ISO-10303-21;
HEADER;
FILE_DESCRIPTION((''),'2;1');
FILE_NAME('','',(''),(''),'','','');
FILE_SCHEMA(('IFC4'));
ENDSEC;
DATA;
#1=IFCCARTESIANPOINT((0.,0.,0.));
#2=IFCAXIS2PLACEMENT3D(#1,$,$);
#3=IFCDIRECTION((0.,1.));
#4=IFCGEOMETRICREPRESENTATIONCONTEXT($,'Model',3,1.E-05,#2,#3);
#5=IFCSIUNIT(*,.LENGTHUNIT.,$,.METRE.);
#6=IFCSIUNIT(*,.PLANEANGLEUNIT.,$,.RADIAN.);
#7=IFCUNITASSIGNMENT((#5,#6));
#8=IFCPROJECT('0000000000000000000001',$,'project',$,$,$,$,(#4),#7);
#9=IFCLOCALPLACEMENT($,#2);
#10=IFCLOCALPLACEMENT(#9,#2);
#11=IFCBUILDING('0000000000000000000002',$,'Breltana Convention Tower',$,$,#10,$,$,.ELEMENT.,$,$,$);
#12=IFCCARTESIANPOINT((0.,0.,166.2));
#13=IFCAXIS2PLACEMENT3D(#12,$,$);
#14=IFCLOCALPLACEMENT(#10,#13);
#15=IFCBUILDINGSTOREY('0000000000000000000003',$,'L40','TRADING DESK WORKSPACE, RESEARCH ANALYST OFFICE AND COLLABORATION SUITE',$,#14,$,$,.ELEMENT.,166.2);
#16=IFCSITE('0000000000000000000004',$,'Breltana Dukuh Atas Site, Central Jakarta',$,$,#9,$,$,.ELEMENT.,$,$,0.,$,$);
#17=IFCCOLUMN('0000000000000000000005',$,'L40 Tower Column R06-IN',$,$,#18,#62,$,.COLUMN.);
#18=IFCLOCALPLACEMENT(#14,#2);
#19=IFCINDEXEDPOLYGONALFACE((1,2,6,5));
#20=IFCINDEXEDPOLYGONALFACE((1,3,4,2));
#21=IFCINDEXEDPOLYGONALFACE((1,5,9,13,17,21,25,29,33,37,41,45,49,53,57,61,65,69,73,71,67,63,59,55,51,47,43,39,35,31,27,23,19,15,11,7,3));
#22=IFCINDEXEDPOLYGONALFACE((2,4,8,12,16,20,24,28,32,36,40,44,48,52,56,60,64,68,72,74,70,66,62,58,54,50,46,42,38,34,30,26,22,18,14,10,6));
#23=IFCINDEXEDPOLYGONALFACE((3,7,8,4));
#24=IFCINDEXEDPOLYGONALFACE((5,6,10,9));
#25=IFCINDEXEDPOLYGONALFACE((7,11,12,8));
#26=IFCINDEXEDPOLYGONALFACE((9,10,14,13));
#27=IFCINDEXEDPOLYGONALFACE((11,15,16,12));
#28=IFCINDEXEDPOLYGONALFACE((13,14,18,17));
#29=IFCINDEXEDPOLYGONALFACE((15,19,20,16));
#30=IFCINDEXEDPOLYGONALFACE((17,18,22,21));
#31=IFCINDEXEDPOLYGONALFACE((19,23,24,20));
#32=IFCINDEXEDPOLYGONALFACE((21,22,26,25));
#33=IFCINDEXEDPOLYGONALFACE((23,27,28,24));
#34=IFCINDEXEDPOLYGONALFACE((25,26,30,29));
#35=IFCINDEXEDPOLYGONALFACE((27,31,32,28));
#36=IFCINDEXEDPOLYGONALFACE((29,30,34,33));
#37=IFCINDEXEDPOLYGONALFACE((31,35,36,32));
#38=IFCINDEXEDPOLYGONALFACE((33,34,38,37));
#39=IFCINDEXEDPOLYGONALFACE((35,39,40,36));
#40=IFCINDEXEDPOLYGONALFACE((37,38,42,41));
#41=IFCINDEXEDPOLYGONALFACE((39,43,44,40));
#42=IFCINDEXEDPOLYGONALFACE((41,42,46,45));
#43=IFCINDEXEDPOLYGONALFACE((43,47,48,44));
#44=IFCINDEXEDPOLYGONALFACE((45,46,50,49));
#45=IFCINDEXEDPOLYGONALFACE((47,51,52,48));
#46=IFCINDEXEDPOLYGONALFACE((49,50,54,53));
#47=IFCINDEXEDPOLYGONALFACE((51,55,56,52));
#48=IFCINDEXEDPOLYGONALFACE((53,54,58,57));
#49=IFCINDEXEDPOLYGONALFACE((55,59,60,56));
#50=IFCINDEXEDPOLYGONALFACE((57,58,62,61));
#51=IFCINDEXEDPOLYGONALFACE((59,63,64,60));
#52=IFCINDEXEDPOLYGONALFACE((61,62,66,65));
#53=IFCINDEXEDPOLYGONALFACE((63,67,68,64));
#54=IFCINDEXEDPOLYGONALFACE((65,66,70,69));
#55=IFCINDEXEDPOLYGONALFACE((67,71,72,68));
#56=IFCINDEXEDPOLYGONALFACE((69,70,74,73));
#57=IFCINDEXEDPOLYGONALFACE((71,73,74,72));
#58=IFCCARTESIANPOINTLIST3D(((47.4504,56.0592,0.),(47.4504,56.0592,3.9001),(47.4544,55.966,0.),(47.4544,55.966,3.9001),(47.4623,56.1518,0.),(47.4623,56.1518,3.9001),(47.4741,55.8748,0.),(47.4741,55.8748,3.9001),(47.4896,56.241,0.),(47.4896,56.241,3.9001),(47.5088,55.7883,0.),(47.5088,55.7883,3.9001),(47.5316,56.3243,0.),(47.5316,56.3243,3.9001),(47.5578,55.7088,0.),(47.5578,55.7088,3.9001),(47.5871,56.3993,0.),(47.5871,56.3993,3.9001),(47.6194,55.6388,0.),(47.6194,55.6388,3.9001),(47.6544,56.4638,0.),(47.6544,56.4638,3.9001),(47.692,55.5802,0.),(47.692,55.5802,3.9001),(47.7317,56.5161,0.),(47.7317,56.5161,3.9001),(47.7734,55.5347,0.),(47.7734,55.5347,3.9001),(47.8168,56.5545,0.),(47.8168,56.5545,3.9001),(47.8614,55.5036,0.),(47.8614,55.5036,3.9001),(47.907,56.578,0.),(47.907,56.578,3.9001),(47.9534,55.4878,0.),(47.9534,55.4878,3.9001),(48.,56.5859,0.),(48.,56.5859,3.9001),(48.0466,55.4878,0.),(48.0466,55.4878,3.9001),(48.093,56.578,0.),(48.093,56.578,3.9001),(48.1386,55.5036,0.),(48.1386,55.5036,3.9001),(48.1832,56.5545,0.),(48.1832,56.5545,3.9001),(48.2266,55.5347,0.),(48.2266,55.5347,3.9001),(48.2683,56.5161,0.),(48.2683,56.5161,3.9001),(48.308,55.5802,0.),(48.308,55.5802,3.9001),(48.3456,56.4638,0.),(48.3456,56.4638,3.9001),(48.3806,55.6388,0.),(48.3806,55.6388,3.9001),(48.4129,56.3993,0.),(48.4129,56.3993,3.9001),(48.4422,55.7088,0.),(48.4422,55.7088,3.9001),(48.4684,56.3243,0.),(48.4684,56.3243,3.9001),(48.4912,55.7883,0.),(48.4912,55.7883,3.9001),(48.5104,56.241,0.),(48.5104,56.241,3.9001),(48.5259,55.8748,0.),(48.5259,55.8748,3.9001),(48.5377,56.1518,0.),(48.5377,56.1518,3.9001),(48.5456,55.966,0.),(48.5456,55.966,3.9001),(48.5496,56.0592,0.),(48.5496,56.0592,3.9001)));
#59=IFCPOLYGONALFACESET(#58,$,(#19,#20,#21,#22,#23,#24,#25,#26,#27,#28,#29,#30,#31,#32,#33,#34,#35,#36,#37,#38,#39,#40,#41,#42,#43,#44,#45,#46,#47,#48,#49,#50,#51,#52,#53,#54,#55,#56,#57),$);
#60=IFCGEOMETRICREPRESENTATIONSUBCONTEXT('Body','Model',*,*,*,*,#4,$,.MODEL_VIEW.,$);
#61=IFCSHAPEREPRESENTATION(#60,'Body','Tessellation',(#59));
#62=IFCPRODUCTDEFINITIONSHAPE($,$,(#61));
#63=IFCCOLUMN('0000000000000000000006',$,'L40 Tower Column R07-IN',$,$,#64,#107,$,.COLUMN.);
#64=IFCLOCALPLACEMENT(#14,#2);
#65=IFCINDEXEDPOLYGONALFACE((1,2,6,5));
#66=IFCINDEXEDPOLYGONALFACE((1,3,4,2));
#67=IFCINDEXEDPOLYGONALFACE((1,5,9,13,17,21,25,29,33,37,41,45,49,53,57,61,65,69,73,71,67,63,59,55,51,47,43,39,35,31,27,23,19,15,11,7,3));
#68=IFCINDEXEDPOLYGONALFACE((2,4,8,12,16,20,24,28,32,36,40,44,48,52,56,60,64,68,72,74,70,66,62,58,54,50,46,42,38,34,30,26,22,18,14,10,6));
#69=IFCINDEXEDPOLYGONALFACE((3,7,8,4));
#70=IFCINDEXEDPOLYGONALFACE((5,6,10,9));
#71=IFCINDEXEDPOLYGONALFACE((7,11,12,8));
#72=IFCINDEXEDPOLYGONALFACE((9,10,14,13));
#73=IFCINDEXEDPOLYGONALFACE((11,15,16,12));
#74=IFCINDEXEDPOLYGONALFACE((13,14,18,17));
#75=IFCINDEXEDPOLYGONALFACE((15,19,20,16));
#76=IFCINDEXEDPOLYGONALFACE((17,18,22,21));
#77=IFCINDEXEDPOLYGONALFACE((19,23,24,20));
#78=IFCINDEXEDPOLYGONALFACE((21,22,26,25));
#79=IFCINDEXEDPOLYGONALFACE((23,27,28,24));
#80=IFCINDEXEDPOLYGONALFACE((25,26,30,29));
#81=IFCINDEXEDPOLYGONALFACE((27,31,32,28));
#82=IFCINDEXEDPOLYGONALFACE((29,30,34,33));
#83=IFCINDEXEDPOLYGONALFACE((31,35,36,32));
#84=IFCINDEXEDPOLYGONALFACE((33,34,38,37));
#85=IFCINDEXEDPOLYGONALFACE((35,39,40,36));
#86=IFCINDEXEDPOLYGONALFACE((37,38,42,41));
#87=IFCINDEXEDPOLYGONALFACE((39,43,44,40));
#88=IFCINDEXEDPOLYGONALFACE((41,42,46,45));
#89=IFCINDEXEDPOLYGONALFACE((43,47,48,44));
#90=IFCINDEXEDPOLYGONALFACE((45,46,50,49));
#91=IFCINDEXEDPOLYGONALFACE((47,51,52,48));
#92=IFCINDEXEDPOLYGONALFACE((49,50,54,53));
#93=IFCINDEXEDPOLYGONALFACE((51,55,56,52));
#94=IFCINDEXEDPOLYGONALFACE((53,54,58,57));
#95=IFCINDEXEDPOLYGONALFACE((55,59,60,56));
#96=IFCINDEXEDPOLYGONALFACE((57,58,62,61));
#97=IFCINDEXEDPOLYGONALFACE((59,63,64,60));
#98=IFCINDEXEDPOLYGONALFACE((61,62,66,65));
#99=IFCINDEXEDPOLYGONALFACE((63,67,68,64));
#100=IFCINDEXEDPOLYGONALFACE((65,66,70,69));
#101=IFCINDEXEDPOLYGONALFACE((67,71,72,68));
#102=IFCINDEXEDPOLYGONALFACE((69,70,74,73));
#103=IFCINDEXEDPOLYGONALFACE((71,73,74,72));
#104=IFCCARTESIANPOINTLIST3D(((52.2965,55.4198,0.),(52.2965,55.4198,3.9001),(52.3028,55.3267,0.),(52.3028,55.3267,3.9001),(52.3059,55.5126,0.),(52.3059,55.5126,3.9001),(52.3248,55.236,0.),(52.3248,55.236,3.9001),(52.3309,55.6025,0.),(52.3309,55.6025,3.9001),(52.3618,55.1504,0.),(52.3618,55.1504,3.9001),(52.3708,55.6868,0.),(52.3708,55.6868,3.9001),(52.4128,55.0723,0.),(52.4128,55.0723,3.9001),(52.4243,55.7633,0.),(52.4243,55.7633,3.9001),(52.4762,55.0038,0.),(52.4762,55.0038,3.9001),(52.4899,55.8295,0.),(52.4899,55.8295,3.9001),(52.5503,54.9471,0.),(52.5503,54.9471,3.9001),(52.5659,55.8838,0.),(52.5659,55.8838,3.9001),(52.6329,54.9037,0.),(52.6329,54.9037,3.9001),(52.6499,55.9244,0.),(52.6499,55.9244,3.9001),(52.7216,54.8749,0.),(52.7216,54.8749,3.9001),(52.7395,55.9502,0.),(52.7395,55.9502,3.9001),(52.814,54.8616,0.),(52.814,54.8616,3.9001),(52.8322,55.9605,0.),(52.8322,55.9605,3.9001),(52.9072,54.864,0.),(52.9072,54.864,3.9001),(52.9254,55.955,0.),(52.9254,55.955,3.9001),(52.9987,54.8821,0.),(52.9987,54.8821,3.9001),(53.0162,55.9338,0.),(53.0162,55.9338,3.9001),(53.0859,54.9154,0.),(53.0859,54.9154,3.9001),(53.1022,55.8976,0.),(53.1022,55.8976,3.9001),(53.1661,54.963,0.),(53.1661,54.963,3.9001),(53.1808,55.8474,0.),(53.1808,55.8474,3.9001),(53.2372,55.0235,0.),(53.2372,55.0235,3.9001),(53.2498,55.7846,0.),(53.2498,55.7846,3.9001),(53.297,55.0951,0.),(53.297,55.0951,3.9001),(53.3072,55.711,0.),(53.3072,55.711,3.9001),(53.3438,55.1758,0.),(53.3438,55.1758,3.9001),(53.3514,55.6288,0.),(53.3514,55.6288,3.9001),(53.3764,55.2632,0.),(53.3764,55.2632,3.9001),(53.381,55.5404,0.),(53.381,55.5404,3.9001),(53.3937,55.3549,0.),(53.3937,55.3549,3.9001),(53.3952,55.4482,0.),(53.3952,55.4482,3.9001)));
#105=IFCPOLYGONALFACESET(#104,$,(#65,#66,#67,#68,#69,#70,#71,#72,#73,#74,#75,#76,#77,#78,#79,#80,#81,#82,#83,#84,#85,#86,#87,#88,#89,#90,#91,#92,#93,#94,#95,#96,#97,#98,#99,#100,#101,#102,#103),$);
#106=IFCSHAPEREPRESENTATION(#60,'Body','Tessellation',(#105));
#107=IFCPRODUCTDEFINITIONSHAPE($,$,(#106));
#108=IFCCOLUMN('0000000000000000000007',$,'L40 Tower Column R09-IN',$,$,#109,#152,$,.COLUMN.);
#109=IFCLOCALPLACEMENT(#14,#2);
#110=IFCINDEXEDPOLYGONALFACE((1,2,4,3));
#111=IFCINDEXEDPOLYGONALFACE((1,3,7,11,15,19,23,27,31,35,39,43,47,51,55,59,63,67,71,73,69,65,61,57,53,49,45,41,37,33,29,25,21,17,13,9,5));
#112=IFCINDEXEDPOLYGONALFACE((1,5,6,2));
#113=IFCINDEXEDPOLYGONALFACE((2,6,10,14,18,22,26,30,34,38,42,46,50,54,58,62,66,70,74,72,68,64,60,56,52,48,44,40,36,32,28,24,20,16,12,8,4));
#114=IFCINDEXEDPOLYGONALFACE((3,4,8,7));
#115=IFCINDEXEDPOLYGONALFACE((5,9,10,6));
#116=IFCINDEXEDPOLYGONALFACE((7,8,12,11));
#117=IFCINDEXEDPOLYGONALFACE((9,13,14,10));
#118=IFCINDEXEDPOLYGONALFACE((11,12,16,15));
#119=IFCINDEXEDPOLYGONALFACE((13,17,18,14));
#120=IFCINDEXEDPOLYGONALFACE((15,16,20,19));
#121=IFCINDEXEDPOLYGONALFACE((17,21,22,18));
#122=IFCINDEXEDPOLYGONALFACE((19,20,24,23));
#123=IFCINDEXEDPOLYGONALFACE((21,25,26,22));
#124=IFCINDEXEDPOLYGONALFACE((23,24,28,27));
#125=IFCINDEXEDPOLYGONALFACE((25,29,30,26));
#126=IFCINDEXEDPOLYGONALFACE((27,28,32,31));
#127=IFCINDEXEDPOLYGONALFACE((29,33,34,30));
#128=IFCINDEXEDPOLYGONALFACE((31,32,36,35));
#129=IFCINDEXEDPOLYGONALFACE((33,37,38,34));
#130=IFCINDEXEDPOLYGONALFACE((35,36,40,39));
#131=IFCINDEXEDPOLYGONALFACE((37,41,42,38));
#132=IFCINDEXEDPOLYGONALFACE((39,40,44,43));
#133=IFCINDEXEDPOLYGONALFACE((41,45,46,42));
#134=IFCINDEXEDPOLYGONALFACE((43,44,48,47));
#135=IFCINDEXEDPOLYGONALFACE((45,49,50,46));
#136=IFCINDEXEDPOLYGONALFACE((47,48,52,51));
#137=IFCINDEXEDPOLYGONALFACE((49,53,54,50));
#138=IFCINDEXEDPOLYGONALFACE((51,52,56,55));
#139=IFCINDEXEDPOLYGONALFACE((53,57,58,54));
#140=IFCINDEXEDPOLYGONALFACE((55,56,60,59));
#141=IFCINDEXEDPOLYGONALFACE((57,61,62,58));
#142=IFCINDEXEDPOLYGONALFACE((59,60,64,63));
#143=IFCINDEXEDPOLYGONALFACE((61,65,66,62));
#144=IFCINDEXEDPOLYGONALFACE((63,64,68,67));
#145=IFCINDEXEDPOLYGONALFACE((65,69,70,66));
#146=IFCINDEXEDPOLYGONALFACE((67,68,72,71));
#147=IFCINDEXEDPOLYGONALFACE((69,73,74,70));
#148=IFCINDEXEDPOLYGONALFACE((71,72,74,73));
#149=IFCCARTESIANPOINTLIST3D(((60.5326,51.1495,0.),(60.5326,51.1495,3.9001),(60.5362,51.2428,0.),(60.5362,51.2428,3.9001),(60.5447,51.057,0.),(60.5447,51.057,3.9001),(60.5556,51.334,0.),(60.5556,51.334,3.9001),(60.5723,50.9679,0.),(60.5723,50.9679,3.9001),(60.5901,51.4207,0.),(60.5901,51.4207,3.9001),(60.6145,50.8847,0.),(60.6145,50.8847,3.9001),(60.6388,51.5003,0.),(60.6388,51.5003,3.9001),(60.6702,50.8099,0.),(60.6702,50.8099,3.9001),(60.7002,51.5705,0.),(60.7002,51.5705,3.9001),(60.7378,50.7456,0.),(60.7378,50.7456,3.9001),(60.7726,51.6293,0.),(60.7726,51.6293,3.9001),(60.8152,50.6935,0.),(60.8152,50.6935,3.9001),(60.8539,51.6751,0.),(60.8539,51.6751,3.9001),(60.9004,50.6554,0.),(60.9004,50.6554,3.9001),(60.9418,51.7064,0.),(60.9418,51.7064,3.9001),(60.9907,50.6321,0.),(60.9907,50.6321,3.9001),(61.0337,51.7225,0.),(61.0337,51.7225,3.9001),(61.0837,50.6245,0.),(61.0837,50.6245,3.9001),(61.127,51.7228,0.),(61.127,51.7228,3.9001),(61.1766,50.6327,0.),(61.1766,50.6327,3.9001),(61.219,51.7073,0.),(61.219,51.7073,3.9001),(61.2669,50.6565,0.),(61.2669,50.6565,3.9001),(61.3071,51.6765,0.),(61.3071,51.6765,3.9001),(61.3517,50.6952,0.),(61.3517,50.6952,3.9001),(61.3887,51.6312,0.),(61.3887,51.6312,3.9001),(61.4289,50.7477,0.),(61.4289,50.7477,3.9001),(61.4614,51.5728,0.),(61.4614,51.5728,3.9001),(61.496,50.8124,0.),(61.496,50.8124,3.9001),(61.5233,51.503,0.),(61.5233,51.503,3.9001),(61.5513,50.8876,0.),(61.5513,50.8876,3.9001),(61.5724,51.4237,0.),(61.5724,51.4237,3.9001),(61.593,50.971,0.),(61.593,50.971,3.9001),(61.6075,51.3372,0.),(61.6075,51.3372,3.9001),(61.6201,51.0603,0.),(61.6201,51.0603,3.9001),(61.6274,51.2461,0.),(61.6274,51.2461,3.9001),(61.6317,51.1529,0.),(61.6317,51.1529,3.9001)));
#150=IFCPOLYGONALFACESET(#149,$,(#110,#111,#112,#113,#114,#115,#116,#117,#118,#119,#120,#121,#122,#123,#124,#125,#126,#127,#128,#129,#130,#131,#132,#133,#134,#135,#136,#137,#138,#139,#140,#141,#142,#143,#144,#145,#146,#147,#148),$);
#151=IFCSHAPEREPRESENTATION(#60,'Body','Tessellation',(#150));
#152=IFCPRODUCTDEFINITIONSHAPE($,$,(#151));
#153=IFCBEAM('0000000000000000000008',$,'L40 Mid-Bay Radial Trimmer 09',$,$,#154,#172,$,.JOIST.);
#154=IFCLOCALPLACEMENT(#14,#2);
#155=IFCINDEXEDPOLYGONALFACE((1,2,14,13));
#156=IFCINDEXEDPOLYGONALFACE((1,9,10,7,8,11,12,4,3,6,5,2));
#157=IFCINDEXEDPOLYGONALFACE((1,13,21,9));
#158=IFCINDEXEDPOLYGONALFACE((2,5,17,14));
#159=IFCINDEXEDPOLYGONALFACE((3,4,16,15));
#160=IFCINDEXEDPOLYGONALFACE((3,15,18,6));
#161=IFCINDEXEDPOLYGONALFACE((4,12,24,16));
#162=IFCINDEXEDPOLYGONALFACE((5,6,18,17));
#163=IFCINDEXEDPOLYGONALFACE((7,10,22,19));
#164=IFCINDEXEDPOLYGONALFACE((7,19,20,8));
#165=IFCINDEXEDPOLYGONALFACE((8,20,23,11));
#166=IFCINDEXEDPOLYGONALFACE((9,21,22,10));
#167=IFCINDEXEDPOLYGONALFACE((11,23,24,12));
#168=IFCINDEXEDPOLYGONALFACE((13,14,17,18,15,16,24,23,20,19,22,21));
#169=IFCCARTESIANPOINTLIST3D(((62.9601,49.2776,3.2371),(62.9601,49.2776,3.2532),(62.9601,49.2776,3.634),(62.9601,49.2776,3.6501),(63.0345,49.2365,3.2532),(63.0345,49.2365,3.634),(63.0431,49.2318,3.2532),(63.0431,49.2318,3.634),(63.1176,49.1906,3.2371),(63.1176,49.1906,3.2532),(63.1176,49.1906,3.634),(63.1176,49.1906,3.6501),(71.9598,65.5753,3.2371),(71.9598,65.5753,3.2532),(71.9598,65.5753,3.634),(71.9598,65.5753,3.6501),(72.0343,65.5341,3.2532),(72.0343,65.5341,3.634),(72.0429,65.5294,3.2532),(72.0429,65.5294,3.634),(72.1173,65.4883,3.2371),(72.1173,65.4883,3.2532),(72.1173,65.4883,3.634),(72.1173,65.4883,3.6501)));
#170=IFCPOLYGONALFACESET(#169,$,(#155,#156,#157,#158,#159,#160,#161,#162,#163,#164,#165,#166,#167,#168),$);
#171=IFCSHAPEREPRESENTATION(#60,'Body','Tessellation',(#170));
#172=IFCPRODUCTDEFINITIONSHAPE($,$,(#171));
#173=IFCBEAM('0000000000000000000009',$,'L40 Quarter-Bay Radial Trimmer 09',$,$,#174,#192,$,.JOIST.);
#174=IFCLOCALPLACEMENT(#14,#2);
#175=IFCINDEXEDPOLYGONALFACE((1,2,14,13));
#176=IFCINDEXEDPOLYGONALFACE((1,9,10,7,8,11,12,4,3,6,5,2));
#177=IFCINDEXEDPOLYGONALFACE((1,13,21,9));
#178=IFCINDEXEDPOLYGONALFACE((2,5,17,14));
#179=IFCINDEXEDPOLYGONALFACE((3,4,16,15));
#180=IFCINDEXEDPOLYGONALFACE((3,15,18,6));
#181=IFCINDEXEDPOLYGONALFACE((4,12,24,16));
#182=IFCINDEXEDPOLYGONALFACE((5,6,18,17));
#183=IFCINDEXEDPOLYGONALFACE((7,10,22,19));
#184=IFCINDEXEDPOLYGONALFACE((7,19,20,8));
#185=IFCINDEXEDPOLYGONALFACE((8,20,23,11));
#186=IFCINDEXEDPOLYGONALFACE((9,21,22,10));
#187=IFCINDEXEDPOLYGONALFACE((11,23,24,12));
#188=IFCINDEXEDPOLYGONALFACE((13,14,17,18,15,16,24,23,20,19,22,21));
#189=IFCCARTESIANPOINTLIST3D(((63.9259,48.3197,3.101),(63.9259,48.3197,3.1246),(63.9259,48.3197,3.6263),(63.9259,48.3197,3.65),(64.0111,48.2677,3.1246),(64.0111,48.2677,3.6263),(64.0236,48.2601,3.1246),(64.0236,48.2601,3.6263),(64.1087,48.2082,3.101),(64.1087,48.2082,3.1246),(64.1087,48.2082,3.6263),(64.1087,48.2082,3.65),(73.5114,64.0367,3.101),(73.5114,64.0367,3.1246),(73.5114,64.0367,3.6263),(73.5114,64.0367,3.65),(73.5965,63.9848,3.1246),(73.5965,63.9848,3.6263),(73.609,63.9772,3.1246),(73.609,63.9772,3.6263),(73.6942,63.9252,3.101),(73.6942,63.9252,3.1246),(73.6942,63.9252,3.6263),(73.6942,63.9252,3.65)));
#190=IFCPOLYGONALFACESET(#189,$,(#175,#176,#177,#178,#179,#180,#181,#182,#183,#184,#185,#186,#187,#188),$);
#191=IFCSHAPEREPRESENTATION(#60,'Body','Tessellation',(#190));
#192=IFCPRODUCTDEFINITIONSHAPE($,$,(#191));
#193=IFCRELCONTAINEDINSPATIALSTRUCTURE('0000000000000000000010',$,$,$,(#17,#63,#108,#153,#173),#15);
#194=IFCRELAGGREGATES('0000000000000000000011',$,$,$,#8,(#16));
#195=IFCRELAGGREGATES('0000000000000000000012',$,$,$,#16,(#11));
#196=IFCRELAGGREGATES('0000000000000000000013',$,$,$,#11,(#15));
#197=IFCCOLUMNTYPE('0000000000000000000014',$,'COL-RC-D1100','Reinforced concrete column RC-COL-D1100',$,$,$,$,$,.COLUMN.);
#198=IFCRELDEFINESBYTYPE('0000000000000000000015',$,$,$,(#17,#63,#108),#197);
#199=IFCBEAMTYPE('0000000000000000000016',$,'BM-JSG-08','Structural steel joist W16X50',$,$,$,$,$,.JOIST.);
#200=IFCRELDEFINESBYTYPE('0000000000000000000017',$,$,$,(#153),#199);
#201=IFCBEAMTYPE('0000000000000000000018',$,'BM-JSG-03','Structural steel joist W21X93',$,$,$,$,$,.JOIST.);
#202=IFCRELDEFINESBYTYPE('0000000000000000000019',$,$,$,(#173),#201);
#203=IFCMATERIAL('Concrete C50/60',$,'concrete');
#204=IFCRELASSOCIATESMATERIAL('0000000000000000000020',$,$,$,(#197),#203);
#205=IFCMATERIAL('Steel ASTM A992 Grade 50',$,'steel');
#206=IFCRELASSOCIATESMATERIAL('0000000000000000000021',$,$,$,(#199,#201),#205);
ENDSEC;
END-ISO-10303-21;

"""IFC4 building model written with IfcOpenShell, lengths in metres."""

from ifc_helpers import new_model, si_unit, direction, frame, origin, origin_2d, place, context, subcontext, project, spatial, circle, i_section, extrude, source, transform, mapped, material, material_profile, profile_set, type_object, element, save


model = new_model("IFC4")

# Units and contexts
model_context = context("Model", 3, precision=1e-05, world=origin(), true_north=direction((0.0, 1.0)))
body_context = subcontext(model_context, "Body", "Model", "MODEL_VIEW")
ifc_project = project(units=[si_unit("LENGTHUNIT", "METRE"), si_unit("PLANEANGLEUNIT", "RADIAN")], contexts=[model_context])

# Site, building, storey
site_placement = place(None, origin())
site = spatial("IfcSite", under=ifc_project, at=site_placement, Name="Breltana Dukuh Atas Site, Central Jakarta", CompositionType="ELEMENT", RefElevation=0.0)
building_placement = place(site_placement, origin())
building = spatial("IfcBuilding", under=site, at=building_placement, Name="Breltana Convention Tower", CompositionType="ELEMENT")
storey_placement = place(building_placement, frame((0.0, 0.0, 166.2)))
storey = spatial("IfcBuildingStorey", under=building, at=storey_placement, Name="L40", Description="TRADING DESK WORKSPACE, RESEARCH ANALYST OFFICE AND COLLABORATION SUITE", CompositionType="ELEMENT", Elevation=166.2)

# Columns
ifc_material_1 = material(Name="Concrete C50/60", Category="concrete")
ifc_material_profile_1 = material_profile(ifc_material_1, circle(Radius=0.55, at=origin_2d()), Name="RC-COL-D1100")
ifc_profile_set_1 = profile_set([ifc_material_profile_1], Name="Concrete C50/60")
column_type = type_object("IfcColumnType", Name="COL-RC-D1100", Description="Reinforced concrete column RC-COL-D1100", PredefinedType="COLUMN", material=ifc_profile_set_1)
shared_shape_1 = source(origin(), body_context, "Body", "SweptSolid", [
    extrude(circle(Radius=0.55, at=origin_2d()), origin(), (0.0, 0.0, 1.0), 3.9001),
])
for number, where, z_axis, x_axis, name in (
    (1, (48.0, 56.0359, 0.0), (0.0, 0.0, 1.0), (0.0, 1.0, 0.0), "L40 Tower Column R06-IN"),
    (2, (52.8464, 55.4106, 0.0), (0.0, 0.0, 1.0), (0.143493, 0.989651, 0.0), "L40 Tower Column R07-IN"),
    (3, (61.082, 51.1746, 0.0), (0.0, 0.0, 1.0), (0.409127, 0.912477, 0.0), "L40 Tower Column R09-IN"),
):
    element("IfcColumn", number, at=place(storey_placement, frame(where, z_axis=z_axis, x_axis=x_axis)), inside=storey, type_object=column_type, Name=name, PredefinedType="COLUMN", context=body_context, shape_type="MappedRepresentation", body=[
        mapped(shared_shape_1, transform((0.0, 0.0, 0.0), scale=1.0)),
    ])

# Beams
ifc_material_2 = material(Name="Steel ASTM A992 Grade 50", Category="steel")
ifc_material_profile_2 = material_profile(ifc_material_2, i_section(OverallWidth=0.1799, OverallDepth=0.4131, WebThickness=0.0098, FlangeThickness=0.0161, at=origin_2d()), Name="W16X50")
ifc_profile_set_2 = profile_set([ifc_material_profile_2], Name="Steel ASTM A992 Grade 50")
beam_type_1 = type_object("IfcBeamType", Name="BM-JSG-08", Description="Structural steel joist W16X50", PredefinedType="JOIST", material=ifc_profile_set_2)
shared_shape_2 = source(origin(), body_context, "Body", "SweptSolid", [
    extrude(i_section(OverallWidth=0.1799, OverallDepth=0.4131, WebThickness=0.0098, FlangeThickness=0.0161, at=origin_2d()), origin(), (0.0, 0.0, 1.0), 18.6174),
])
beam_1_placement = place(storey_placement, frame((63.0388, 49.2341, 3.4436), z_axis=(0.483406, 0.875396, 0.0), x_axis=(-0.875396, 0.483406, 0.0)))
element("IfcBeam", 4, at=beam_1_placement, inside=storey, type_object=beam_type_1, Name="L40 Mid-Bay Radial Trimmer 09", PredefinedType="JOIST", context=body_context, shape_type="MappedRepresentation", body=[
    mapped(shared_shape_2, transform((0.0, 0.0, 0.0), scale=1.0)),
])
ifc_material_profile_3 = material_profile(ifc_material_2, i_section(OverallWidth=0.2141, OverallDepth=0.5491, WebThickness=0.0146, FlangeThickness=0.0237, at=origin_2d()), Name="W21X93")
ifc_profile_set_3 = profile_set([ifc_material_profile_3], Name="Steel ASTM A992 Grade 50")
beam_type_2 = type_object("IfcBeamType", Name="BM-JSG-03", Description="Structural steel joist W21X93", PredefinedType="JOIST", material=ifc_profile_set_3)
shared_shape_3 = source(origin(), body_context, "Body", "SweptSolid", [
    extrude(i_section(OverallWidth=0.2141, OverallDepth=0.5491, WebThickness=0.0146, FlangeThickness=0.0237, at=origin_2d()), origin(), (0.0, 0.0, 1.0), 18.4094),
])
beam_2_placement = place(storey_placement, frame((64.0173, 48.2639, 3.3755), z_axis=(0.520682, 0.853751, 0.0), x_axis=(-0.853751, 0.520682, 0.0)))
element("IfcBeam", 5, at=beam_2_placement, inside=storey, type_object=beam_type_2, Name="L40 Quarter-Bay Radial Trimmer 09", PredefinedType="JOIST", context=body_context, shape_type="MappedRepresentation", body=[
    mapped(shared_shape_3, transform((0.0, 0.0, 0.0), scale=1.0)),
])

save(model, "model.ifc")
